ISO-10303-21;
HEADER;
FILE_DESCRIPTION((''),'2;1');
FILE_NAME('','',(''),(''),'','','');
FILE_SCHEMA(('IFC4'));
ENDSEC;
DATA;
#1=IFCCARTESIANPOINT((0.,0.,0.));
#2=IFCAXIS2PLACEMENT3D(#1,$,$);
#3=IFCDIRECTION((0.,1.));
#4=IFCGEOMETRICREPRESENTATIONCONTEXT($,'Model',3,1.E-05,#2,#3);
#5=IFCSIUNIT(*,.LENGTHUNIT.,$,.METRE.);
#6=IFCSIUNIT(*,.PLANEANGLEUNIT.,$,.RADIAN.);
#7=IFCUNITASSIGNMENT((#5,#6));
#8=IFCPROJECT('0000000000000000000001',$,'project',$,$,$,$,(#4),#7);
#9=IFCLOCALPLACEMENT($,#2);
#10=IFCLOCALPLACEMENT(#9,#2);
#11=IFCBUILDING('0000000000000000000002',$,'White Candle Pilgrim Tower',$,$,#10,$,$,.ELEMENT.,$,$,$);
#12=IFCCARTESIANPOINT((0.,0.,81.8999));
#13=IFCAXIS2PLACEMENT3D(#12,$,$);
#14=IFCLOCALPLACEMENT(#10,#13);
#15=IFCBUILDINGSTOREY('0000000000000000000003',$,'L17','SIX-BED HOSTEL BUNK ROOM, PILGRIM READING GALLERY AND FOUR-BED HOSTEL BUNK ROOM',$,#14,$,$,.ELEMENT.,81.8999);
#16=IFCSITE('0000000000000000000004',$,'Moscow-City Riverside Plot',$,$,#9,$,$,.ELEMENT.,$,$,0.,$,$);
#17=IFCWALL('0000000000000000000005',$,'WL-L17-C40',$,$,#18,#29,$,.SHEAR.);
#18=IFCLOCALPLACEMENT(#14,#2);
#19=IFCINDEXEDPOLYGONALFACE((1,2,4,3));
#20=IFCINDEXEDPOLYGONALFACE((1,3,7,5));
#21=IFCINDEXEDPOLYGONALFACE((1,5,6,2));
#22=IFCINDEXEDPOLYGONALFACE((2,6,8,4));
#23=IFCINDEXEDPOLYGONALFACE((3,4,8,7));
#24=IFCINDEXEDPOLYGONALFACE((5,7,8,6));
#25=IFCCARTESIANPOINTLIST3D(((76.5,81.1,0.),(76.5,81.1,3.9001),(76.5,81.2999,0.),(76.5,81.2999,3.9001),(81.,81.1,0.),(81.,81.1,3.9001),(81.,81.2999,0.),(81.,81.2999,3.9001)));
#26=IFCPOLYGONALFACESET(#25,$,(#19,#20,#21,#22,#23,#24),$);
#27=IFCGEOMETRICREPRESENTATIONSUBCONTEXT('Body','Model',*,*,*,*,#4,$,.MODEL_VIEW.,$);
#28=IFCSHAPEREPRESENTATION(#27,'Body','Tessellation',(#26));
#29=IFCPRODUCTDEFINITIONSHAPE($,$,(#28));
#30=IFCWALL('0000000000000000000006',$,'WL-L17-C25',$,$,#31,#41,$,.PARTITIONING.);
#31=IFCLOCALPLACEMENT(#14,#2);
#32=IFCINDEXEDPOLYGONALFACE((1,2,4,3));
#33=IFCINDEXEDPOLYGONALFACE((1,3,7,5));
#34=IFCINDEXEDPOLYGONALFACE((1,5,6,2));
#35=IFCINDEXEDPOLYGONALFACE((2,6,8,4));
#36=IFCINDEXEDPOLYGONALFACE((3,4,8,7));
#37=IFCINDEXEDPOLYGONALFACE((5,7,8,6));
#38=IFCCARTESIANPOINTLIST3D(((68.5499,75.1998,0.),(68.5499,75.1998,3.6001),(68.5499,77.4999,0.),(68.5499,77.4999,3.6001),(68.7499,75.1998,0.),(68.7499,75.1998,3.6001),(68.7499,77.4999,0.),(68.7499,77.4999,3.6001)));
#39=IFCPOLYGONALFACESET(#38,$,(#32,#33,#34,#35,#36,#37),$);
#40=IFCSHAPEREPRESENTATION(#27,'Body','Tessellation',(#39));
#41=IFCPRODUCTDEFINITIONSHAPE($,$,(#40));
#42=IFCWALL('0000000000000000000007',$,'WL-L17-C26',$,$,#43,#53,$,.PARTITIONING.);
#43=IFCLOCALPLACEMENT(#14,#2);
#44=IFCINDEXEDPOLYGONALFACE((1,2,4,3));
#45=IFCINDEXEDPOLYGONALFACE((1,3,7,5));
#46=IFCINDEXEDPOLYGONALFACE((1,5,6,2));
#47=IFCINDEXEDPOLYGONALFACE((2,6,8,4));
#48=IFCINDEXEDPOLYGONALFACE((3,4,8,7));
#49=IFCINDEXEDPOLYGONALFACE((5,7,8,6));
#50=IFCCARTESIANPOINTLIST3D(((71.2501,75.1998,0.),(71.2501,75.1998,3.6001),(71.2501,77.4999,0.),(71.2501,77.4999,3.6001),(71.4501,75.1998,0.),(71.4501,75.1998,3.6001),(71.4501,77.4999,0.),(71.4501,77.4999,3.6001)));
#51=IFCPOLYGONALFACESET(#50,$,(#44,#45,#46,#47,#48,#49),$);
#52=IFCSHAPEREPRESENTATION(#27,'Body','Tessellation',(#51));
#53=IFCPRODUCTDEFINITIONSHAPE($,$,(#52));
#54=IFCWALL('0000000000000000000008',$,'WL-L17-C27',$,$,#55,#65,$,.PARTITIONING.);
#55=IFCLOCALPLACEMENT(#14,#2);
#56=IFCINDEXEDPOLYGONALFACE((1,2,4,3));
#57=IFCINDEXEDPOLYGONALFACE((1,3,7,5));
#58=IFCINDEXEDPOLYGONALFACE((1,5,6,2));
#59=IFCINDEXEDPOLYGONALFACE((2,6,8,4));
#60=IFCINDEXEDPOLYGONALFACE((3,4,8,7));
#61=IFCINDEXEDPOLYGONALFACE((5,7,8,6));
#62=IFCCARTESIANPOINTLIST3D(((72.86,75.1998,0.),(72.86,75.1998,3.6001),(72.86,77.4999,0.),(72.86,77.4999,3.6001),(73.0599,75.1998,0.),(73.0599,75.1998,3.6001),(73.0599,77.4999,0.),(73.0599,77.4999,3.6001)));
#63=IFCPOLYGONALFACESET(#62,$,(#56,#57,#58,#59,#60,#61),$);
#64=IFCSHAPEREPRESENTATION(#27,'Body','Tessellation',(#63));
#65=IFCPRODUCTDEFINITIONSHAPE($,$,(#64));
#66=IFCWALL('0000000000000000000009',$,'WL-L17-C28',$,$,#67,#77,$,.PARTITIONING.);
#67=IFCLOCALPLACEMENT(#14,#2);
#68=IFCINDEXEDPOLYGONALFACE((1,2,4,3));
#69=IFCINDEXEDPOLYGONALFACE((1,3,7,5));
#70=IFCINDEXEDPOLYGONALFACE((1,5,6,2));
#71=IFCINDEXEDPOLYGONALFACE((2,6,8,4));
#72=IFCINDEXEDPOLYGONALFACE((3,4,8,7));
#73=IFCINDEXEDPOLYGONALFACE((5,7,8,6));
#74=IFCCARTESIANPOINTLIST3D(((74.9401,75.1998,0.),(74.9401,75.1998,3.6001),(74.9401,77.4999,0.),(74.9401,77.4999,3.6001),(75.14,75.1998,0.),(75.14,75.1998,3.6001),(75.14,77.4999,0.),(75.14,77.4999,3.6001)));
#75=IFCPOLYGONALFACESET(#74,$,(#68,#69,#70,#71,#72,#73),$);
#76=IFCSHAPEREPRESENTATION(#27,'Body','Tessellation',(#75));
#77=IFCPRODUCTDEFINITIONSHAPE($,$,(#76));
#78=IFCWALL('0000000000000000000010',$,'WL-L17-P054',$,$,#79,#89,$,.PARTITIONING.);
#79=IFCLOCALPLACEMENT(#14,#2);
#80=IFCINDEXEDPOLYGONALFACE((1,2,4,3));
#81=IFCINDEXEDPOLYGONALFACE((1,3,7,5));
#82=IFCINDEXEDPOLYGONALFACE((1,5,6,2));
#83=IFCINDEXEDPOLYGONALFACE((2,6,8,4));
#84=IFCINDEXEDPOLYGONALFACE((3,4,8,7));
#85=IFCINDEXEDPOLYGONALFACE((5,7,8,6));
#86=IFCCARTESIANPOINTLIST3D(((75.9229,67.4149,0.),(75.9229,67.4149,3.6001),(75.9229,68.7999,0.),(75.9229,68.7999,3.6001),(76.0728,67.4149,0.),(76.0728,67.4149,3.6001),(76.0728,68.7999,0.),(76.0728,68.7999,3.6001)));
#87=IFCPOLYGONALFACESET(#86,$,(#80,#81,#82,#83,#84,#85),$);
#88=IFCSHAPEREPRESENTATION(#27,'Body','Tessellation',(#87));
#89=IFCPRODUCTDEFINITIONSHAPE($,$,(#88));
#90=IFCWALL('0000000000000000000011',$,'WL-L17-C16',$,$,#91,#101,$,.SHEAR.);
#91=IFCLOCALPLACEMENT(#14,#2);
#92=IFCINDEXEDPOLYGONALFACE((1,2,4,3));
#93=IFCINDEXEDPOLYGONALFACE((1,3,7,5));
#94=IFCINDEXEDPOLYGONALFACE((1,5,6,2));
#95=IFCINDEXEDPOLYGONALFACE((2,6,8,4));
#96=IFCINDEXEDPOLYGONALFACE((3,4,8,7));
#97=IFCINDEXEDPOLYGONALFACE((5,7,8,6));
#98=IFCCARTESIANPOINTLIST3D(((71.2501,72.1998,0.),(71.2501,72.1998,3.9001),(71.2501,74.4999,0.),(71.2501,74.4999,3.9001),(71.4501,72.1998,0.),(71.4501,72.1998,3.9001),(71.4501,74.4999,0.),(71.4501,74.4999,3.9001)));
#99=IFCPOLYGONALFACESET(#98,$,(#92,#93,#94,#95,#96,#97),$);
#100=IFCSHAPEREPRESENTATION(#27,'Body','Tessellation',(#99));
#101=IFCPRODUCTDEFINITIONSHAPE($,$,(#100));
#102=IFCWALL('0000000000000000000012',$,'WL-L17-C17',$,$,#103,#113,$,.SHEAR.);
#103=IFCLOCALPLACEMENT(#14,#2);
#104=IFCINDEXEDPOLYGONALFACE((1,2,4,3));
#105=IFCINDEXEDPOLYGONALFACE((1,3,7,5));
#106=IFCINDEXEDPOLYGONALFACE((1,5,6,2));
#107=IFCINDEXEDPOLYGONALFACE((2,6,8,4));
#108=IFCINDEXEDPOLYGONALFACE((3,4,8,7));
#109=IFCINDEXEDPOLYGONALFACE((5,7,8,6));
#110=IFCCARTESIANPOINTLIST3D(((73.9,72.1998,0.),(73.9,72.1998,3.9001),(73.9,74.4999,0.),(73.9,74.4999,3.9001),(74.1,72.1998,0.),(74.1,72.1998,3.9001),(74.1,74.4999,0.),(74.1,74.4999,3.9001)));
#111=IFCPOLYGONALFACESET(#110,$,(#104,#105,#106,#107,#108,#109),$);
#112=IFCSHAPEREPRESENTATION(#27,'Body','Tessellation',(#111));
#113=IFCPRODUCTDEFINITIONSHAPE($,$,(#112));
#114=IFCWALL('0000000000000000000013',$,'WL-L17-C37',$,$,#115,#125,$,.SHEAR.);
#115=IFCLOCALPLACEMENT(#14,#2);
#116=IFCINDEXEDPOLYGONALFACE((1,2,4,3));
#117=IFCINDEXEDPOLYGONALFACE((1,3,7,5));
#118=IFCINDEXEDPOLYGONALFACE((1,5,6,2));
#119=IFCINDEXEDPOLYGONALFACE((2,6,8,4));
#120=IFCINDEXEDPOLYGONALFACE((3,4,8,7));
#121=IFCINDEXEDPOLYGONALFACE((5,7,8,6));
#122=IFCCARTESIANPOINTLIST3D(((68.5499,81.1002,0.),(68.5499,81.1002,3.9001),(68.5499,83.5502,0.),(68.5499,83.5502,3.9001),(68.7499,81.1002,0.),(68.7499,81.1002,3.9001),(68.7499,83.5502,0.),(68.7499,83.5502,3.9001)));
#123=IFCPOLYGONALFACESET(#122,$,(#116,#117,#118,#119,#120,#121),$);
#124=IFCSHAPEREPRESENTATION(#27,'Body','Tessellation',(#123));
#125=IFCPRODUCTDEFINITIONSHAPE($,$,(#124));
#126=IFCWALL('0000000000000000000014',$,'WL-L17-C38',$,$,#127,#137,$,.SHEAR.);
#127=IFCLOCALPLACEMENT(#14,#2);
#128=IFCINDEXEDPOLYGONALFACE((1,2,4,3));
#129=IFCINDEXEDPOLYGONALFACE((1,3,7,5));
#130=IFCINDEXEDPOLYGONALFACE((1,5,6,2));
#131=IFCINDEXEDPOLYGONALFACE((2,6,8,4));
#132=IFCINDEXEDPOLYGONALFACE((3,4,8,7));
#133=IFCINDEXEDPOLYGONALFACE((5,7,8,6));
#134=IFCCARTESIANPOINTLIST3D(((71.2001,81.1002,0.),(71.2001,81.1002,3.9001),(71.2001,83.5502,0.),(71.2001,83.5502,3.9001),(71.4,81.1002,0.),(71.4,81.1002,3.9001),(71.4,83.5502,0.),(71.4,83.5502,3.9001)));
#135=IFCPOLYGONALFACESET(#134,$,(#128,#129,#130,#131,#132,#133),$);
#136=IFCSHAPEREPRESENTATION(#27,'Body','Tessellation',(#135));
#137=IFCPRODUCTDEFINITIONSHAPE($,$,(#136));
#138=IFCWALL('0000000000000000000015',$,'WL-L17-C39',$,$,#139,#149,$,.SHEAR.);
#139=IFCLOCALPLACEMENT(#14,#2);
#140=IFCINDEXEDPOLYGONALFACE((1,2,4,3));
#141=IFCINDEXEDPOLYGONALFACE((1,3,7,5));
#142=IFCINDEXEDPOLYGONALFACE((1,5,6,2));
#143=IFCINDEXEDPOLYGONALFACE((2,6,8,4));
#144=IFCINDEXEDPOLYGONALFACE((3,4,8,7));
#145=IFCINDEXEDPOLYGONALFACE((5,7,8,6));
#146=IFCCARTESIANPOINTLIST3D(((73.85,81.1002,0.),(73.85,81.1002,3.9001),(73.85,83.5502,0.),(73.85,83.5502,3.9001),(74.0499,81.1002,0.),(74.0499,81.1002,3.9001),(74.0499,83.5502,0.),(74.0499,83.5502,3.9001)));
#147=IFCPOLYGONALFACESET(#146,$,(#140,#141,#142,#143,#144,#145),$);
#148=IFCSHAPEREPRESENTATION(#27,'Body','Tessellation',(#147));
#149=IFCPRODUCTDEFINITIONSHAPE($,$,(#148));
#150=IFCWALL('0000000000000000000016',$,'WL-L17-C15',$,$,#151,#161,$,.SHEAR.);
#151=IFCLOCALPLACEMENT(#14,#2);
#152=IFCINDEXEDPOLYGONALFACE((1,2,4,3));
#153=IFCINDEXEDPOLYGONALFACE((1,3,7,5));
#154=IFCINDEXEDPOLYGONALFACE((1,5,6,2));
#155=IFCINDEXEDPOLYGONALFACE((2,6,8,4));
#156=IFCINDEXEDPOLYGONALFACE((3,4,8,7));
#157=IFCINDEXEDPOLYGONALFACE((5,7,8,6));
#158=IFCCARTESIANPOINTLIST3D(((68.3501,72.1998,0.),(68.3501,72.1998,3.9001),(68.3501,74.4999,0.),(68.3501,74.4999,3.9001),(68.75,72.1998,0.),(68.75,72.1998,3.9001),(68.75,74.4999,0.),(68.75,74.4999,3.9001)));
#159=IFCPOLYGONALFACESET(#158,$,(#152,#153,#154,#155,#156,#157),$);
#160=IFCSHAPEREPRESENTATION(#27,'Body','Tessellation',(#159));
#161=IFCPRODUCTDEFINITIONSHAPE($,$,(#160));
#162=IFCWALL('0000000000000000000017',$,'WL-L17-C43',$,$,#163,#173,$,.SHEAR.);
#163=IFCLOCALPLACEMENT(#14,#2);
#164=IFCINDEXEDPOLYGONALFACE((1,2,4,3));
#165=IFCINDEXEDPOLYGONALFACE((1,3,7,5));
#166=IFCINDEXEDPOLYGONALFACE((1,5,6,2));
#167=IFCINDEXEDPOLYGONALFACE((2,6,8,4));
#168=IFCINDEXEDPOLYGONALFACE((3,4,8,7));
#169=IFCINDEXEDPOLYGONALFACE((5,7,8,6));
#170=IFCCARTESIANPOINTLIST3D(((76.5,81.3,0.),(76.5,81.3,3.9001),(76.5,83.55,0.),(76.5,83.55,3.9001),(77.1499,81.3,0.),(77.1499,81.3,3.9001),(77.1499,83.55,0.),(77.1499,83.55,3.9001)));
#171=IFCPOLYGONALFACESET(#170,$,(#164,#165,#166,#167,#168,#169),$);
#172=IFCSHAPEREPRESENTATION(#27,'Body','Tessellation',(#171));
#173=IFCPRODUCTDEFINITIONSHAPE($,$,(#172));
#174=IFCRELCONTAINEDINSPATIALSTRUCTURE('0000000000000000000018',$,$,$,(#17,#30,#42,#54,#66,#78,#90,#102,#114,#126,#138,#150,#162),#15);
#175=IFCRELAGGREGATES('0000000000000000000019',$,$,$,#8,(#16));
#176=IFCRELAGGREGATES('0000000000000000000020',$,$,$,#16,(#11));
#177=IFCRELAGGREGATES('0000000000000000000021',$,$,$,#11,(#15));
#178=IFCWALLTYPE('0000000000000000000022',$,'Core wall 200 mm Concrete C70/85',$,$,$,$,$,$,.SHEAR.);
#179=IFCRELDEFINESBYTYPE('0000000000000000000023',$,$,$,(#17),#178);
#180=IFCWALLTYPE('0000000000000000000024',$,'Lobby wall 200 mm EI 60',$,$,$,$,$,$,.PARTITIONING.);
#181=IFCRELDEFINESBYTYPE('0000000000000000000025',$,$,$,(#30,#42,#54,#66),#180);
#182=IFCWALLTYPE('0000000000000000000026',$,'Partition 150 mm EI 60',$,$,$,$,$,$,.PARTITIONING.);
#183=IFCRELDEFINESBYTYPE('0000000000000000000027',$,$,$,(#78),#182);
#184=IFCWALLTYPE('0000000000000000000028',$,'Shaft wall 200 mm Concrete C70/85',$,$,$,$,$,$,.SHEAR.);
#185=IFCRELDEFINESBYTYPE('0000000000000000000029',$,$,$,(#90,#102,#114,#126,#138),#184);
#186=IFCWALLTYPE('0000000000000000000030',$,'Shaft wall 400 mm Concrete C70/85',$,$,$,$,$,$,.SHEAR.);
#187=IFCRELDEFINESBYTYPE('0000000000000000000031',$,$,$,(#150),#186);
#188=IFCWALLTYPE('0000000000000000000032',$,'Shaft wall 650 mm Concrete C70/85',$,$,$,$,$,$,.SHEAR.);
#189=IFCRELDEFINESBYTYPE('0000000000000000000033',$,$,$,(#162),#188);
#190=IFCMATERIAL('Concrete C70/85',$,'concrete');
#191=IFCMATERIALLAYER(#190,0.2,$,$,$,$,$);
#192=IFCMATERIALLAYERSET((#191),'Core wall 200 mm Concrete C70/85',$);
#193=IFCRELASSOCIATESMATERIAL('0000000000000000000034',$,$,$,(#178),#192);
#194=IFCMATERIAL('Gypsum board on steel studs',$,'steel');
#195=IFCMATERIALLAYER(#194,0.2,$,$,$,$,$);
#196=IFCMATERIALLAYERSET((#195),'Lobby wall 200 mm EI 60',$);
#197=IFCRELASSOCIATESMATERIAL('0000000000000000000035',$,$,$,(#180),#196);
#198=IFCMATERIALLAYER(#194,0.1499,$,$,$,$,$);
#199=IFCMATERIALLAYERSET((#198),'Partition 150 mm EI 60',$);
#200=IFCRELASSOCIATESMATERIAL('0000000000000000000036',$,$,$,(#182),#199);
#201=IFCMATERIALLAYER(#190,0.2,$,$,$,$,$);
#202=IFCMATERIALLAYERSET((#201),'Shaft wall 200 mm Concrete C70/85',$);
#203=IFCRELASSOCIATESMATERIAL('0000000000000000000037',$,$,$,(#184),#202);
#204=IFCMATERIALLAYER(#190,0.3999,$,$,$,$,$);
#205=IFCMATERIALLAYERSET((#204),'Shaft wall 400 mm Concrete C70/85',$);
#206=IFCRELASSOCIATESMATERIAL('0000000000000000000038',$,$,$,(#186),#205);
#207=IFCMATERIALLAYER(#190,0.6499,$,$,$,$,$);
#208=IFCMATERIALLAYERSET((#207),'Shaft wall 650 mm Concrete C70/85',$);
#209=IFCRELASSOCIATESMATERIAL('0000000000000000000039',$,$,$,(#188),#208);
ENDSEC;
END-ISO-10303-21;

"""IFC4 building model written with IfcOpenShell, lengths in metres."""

from ifc_helpers import new_model, si_unit, direction, frame, frame_2d, origin, place, context, subcontext, project, spatial, rectangle, extrude, material, layer, layer_set, type_object, element, save


model = new_model("IFC4")

# Units and contexts
model_context = context("Model", 3, precision=1e-05, world=origin(), true_north=direction((0.0, 1.0)))
body_context = subcontext(model_context, "Body", "Model", "MODEL_VIEW")
ifc_project = project(units=[si_unit("LENGTHUNIT", "METRE"), si_unit("PLANEANGLEUNIT", "RADIAN")], contexts=[model_context])

# Site, building, storey
site_placement = place(None, origin())
site = spatial("IfcSite", under=ifc_project, at=site_placement, Name="Moscow-City Riverside Plot", CompositionType="ELEMENT", RefElevation=0.0)
building_placement = place(site_placement, origin())
building = spatial("IfcBuilding", under=site, at=building_placement, Name="White Candle Pilgrim Tower", CompositionType="ELEMENT")
storey_placement = place(building_placement, frame((0.0, 0.0, 81.8999)))
storey = spatial("IfcBuildingStorey", under=building, at=storey_placement, Name="L17", Description="SIX-BED HOSTEL BUNK ROOM, PILGRIM READING GALLERY AND FOUR-BED HOSTEL BUNK ROOM", CompositionType="ELEMENT", Elevation=81.8999)

# Walls
ifc_material_1 = material(Name="Concrete C70/85", Category="concrete")
ifc_layer_1 = layer(ifc_material_1, 0.2)
ifc_layer_set_1 = layer_set([ifc_layer_1], Name="Core wall 200 mm Concrete C70/85")
wall_type_1 = type_object("IfcWallType", Name="Core wall 200 mm Concrete C70/85", PredefinedType="SHEAR", material=ifc_layer_set_1)
wall_1_placement = place(storey_placement, frame((76.5, 81.2, 0.0), z_axis=(0.0, 0.0, 1.0), x_axis=(1.0, 0.0, 0.0)))
element("IfcWall", 1, at=wall_1_placement, inside=storey, type_object=wall_type_1, Name="WL-L17-C40", PredefinedType="SHEAR", context=body_context, shape_type="SweptSolid", body=[
    extrude(rectangle(XDim=4.5, YDim=0.2, at=frame_2d((2.25, 0.0))), origin(), (0.0, 0.0, 1.0), 3.9001),
])
ifc_material_2 = material(Name="Gypsum board on steel studs", Category="steel")
ifc_layer_2 = layer(ifc_material_2, 0.2)
ifc_layer_set_2 = layer_set([ifc_layer_2], Name="Lobby wall 200 mm EI 60")
wall_type_2 = type_object("IfcWallType", Name="Lobby wall 200 mm EI 60", PredefinedType="PARTITIONING", material=ifc_layer_set_2)
for number, where, z_axis, x_axis, name in (
    (2, (68.6499, 75.2, 0.0), (0.0, 0.0, 1.0), (0.0, 1.0, 0.0), "WL-L17-C25"),
    (3, (71.3501, 75.2, 0.0), (0.0, 0.0, 1.0), (0.0, 1.0, 0.0), "WL-L17-C26"),
    (4, (72.96, 75.2, 0.0), (0.0, 0.0, 1.0), (0.0, 1.0, 0.0), "WL-L17-C27"),
    (5, (75.04, 75.2, 0.0), (0.0, 0.0, 1.0), (0.0, 1.0, 0.0), "WL-L17-C28"),
):
    element("IfcWall", number, at=place(storey_placement, frame(where, z_axis=z_axis, x_axis=x_axis)), inside=storey, type_object=wall_type_2, Name=name, PredefinedType="PARTITIONING", context=body_context, shape_type="SweptSolid", body=[
        extrude(rectangle(XDim=2.3, YDim=0.2, at=frame_2d((1.1499, 0.0))), origin(), (0.0, 0.0, 1.0), 3.6001),
    ])
ifc_layer_3 = layer(ifc_material_2, 0.1499)
ifc_layer_set_3 = layer_set([ifc_layer_3], Name="Partition 150 mm EI 60")
wall_type_3 = type_object("IfcWallType", Name="Partition 150 mm EI 60", PredefinedType="PARTITIONING", material=ifc_layer_set_3)
wall_2_placement = place(storey_placement, frame((75.9978, 67.415, 0.0), z_axis=(0.0, 0.0, 1.0), x_axis=(0.0, 1.0, 0.0)))
element("IfcWall", 6, at=wall_2_placement, inside=storey, type_object=wall_type_3, Name="WL-L17-P054", PredefinedType="PARTITIONING", context=body_context, shape_type="SweptSolid", body=[
    extrude(rectangle(XDim=1.385, YDim=0.1499, at=frame_2d((0.6924, 0.0))), origin(), (0.0, 0.0, 1.0), 3.6001),
])
ifc_layer_4 = layer(ifc_material_1, 0.2)
ifc_layer_set_4 = layer_set([ifc_layer_4], Name="Shaft wall 200 mm Concrete C70/85")
wall_type_4 = type_object("IfcWallType", Name="Shaft wall 200 mm Concrete C70/85", PredefinedType="SHEAR", material=ifc_layer_set_4)
for number, where, z_axis, x_axis, name in (
    (7, (71.3501, 72.2, 0.0), (0.0, 0.0, 1.0), (0.0, 1.0, 0.0), "WL-L17-C16"),
    (8, (74.0, 72.2, 0.0), (0.0, 0.0, 1.0), (0.0, 1.0, 0.0), "WL-L17-C17"),
):
    element("IfcWall", number, at=place(storey_placement, frame(where, z_axis=z_axis, x_axis=x_axis)), inside=storey, type_object=wall_type_4, Name=name, PredefinedType="SHEAR", context=body_context, shape_type="SweptSolid", body=[
        extrude(rectangle(XDim=2.3, YDim=0.2, at=frame_2d((1.1499, 0.0))), origin(), (0.0, 0.0, 1.0), 3.9001),
    ])
for number, where, z_axis, x_axis, name in (
    (9, (68.6499, 81.1001, 0.0), (0.0, 0.0, 1.0), (0.0, 1.0, 0.0), "WL-L17-C37"),
    (10, (71.3, 81.1001, 0.0), (0.0, 0.0, 1.0), (0.0, 1.0, 0.0), "WL-L17-C38"),
    (11, (73.95, 81.1001, 0.0), (0.0, 0.0, 1.0), (0.0, 1.0, 0.0), "WL-L17-C39"),
):
    element("IfcWall", number, at=place(storey_placement, frame(where, z_axis=z_axis, x_axis=x_axis)), inside=storey, type_object=wall_type_4, Name=name, PredefinedType="SHEAR", context=body_context, shape_type="SweptSolid", body=[
        extrude(rectangle(XDim=2.45, YDim=0.2, at=frame_2d((1.2251, 0.0))), origin(), (0.0, 0.0, 1.0), 3.9001),
    ])
ifc_layer_5 = layer(ifc_material_1, 0.3999)
ifc_layer_set_5 = layer_set([ifc_layer_5], Name="Shaft wall 400 mm Concrete C70/85")
wall_type_5 = type_object("IfcWallType", Name="Shaft wall 400 mm Concrete C70/85", PredefinedType="SHEAR", material=ifc_layer_set_5)
wall_3_placement = place(storey_placement, frame((68.55, 72.2, 0.0), z_axis=(0.0, 0.0, 1.0), x_axis=(0.0, 1.0, 0.0)))
element("IfcWall", 12, at=wall_3_placement, inside=storey, type_object=wall_type_5, Name="WL-L17-C15", PredefinedType="SHEAR", context=body_context, shape_type="SweptSolid", body=[
    extrude(rectangle(XDim=2.3, YDim=0.3999, at=frame_2d((1.1499, 0.0))), origin(), (0.0, 0.0, 1.0), 3.9001),
])
ifc_layer_6 = layer(ifc_material_1, 0.6499)
ifc_layer_set_6 = layer_set([ifc_layer_6], Name="Shaft wall 650 mm Concrete C70/85")
wall_type_6 = type_object("IfcWallType", Name="Shaft wall 650 mm Concrete C70/85", PredefinedType="SHEAR", material=ifc_layer_set_6)
wall_4_placement = place(storey_placement, frame((76.825, 81.3, 0.0), z_axis=(0.0, 0.0, 1.0), x_axis=(0.0, 1.0, 0.0)))
element("IfcWall", 13, at=wall_4_placement, inside=storey, type_object=wall_type_6, Name="WL-L17-C43", PredefinedType="SHEAR", context=body_context, shape_type="SweptSolid", body=[
    extrude(rectangle(XDim=2.25, YDim=0.6499, at=frame_2d((1.125, 0.0))), origin(), (0.0, 0.0, 1.0), 3.9001),
])

save(model, "model.ifc")
